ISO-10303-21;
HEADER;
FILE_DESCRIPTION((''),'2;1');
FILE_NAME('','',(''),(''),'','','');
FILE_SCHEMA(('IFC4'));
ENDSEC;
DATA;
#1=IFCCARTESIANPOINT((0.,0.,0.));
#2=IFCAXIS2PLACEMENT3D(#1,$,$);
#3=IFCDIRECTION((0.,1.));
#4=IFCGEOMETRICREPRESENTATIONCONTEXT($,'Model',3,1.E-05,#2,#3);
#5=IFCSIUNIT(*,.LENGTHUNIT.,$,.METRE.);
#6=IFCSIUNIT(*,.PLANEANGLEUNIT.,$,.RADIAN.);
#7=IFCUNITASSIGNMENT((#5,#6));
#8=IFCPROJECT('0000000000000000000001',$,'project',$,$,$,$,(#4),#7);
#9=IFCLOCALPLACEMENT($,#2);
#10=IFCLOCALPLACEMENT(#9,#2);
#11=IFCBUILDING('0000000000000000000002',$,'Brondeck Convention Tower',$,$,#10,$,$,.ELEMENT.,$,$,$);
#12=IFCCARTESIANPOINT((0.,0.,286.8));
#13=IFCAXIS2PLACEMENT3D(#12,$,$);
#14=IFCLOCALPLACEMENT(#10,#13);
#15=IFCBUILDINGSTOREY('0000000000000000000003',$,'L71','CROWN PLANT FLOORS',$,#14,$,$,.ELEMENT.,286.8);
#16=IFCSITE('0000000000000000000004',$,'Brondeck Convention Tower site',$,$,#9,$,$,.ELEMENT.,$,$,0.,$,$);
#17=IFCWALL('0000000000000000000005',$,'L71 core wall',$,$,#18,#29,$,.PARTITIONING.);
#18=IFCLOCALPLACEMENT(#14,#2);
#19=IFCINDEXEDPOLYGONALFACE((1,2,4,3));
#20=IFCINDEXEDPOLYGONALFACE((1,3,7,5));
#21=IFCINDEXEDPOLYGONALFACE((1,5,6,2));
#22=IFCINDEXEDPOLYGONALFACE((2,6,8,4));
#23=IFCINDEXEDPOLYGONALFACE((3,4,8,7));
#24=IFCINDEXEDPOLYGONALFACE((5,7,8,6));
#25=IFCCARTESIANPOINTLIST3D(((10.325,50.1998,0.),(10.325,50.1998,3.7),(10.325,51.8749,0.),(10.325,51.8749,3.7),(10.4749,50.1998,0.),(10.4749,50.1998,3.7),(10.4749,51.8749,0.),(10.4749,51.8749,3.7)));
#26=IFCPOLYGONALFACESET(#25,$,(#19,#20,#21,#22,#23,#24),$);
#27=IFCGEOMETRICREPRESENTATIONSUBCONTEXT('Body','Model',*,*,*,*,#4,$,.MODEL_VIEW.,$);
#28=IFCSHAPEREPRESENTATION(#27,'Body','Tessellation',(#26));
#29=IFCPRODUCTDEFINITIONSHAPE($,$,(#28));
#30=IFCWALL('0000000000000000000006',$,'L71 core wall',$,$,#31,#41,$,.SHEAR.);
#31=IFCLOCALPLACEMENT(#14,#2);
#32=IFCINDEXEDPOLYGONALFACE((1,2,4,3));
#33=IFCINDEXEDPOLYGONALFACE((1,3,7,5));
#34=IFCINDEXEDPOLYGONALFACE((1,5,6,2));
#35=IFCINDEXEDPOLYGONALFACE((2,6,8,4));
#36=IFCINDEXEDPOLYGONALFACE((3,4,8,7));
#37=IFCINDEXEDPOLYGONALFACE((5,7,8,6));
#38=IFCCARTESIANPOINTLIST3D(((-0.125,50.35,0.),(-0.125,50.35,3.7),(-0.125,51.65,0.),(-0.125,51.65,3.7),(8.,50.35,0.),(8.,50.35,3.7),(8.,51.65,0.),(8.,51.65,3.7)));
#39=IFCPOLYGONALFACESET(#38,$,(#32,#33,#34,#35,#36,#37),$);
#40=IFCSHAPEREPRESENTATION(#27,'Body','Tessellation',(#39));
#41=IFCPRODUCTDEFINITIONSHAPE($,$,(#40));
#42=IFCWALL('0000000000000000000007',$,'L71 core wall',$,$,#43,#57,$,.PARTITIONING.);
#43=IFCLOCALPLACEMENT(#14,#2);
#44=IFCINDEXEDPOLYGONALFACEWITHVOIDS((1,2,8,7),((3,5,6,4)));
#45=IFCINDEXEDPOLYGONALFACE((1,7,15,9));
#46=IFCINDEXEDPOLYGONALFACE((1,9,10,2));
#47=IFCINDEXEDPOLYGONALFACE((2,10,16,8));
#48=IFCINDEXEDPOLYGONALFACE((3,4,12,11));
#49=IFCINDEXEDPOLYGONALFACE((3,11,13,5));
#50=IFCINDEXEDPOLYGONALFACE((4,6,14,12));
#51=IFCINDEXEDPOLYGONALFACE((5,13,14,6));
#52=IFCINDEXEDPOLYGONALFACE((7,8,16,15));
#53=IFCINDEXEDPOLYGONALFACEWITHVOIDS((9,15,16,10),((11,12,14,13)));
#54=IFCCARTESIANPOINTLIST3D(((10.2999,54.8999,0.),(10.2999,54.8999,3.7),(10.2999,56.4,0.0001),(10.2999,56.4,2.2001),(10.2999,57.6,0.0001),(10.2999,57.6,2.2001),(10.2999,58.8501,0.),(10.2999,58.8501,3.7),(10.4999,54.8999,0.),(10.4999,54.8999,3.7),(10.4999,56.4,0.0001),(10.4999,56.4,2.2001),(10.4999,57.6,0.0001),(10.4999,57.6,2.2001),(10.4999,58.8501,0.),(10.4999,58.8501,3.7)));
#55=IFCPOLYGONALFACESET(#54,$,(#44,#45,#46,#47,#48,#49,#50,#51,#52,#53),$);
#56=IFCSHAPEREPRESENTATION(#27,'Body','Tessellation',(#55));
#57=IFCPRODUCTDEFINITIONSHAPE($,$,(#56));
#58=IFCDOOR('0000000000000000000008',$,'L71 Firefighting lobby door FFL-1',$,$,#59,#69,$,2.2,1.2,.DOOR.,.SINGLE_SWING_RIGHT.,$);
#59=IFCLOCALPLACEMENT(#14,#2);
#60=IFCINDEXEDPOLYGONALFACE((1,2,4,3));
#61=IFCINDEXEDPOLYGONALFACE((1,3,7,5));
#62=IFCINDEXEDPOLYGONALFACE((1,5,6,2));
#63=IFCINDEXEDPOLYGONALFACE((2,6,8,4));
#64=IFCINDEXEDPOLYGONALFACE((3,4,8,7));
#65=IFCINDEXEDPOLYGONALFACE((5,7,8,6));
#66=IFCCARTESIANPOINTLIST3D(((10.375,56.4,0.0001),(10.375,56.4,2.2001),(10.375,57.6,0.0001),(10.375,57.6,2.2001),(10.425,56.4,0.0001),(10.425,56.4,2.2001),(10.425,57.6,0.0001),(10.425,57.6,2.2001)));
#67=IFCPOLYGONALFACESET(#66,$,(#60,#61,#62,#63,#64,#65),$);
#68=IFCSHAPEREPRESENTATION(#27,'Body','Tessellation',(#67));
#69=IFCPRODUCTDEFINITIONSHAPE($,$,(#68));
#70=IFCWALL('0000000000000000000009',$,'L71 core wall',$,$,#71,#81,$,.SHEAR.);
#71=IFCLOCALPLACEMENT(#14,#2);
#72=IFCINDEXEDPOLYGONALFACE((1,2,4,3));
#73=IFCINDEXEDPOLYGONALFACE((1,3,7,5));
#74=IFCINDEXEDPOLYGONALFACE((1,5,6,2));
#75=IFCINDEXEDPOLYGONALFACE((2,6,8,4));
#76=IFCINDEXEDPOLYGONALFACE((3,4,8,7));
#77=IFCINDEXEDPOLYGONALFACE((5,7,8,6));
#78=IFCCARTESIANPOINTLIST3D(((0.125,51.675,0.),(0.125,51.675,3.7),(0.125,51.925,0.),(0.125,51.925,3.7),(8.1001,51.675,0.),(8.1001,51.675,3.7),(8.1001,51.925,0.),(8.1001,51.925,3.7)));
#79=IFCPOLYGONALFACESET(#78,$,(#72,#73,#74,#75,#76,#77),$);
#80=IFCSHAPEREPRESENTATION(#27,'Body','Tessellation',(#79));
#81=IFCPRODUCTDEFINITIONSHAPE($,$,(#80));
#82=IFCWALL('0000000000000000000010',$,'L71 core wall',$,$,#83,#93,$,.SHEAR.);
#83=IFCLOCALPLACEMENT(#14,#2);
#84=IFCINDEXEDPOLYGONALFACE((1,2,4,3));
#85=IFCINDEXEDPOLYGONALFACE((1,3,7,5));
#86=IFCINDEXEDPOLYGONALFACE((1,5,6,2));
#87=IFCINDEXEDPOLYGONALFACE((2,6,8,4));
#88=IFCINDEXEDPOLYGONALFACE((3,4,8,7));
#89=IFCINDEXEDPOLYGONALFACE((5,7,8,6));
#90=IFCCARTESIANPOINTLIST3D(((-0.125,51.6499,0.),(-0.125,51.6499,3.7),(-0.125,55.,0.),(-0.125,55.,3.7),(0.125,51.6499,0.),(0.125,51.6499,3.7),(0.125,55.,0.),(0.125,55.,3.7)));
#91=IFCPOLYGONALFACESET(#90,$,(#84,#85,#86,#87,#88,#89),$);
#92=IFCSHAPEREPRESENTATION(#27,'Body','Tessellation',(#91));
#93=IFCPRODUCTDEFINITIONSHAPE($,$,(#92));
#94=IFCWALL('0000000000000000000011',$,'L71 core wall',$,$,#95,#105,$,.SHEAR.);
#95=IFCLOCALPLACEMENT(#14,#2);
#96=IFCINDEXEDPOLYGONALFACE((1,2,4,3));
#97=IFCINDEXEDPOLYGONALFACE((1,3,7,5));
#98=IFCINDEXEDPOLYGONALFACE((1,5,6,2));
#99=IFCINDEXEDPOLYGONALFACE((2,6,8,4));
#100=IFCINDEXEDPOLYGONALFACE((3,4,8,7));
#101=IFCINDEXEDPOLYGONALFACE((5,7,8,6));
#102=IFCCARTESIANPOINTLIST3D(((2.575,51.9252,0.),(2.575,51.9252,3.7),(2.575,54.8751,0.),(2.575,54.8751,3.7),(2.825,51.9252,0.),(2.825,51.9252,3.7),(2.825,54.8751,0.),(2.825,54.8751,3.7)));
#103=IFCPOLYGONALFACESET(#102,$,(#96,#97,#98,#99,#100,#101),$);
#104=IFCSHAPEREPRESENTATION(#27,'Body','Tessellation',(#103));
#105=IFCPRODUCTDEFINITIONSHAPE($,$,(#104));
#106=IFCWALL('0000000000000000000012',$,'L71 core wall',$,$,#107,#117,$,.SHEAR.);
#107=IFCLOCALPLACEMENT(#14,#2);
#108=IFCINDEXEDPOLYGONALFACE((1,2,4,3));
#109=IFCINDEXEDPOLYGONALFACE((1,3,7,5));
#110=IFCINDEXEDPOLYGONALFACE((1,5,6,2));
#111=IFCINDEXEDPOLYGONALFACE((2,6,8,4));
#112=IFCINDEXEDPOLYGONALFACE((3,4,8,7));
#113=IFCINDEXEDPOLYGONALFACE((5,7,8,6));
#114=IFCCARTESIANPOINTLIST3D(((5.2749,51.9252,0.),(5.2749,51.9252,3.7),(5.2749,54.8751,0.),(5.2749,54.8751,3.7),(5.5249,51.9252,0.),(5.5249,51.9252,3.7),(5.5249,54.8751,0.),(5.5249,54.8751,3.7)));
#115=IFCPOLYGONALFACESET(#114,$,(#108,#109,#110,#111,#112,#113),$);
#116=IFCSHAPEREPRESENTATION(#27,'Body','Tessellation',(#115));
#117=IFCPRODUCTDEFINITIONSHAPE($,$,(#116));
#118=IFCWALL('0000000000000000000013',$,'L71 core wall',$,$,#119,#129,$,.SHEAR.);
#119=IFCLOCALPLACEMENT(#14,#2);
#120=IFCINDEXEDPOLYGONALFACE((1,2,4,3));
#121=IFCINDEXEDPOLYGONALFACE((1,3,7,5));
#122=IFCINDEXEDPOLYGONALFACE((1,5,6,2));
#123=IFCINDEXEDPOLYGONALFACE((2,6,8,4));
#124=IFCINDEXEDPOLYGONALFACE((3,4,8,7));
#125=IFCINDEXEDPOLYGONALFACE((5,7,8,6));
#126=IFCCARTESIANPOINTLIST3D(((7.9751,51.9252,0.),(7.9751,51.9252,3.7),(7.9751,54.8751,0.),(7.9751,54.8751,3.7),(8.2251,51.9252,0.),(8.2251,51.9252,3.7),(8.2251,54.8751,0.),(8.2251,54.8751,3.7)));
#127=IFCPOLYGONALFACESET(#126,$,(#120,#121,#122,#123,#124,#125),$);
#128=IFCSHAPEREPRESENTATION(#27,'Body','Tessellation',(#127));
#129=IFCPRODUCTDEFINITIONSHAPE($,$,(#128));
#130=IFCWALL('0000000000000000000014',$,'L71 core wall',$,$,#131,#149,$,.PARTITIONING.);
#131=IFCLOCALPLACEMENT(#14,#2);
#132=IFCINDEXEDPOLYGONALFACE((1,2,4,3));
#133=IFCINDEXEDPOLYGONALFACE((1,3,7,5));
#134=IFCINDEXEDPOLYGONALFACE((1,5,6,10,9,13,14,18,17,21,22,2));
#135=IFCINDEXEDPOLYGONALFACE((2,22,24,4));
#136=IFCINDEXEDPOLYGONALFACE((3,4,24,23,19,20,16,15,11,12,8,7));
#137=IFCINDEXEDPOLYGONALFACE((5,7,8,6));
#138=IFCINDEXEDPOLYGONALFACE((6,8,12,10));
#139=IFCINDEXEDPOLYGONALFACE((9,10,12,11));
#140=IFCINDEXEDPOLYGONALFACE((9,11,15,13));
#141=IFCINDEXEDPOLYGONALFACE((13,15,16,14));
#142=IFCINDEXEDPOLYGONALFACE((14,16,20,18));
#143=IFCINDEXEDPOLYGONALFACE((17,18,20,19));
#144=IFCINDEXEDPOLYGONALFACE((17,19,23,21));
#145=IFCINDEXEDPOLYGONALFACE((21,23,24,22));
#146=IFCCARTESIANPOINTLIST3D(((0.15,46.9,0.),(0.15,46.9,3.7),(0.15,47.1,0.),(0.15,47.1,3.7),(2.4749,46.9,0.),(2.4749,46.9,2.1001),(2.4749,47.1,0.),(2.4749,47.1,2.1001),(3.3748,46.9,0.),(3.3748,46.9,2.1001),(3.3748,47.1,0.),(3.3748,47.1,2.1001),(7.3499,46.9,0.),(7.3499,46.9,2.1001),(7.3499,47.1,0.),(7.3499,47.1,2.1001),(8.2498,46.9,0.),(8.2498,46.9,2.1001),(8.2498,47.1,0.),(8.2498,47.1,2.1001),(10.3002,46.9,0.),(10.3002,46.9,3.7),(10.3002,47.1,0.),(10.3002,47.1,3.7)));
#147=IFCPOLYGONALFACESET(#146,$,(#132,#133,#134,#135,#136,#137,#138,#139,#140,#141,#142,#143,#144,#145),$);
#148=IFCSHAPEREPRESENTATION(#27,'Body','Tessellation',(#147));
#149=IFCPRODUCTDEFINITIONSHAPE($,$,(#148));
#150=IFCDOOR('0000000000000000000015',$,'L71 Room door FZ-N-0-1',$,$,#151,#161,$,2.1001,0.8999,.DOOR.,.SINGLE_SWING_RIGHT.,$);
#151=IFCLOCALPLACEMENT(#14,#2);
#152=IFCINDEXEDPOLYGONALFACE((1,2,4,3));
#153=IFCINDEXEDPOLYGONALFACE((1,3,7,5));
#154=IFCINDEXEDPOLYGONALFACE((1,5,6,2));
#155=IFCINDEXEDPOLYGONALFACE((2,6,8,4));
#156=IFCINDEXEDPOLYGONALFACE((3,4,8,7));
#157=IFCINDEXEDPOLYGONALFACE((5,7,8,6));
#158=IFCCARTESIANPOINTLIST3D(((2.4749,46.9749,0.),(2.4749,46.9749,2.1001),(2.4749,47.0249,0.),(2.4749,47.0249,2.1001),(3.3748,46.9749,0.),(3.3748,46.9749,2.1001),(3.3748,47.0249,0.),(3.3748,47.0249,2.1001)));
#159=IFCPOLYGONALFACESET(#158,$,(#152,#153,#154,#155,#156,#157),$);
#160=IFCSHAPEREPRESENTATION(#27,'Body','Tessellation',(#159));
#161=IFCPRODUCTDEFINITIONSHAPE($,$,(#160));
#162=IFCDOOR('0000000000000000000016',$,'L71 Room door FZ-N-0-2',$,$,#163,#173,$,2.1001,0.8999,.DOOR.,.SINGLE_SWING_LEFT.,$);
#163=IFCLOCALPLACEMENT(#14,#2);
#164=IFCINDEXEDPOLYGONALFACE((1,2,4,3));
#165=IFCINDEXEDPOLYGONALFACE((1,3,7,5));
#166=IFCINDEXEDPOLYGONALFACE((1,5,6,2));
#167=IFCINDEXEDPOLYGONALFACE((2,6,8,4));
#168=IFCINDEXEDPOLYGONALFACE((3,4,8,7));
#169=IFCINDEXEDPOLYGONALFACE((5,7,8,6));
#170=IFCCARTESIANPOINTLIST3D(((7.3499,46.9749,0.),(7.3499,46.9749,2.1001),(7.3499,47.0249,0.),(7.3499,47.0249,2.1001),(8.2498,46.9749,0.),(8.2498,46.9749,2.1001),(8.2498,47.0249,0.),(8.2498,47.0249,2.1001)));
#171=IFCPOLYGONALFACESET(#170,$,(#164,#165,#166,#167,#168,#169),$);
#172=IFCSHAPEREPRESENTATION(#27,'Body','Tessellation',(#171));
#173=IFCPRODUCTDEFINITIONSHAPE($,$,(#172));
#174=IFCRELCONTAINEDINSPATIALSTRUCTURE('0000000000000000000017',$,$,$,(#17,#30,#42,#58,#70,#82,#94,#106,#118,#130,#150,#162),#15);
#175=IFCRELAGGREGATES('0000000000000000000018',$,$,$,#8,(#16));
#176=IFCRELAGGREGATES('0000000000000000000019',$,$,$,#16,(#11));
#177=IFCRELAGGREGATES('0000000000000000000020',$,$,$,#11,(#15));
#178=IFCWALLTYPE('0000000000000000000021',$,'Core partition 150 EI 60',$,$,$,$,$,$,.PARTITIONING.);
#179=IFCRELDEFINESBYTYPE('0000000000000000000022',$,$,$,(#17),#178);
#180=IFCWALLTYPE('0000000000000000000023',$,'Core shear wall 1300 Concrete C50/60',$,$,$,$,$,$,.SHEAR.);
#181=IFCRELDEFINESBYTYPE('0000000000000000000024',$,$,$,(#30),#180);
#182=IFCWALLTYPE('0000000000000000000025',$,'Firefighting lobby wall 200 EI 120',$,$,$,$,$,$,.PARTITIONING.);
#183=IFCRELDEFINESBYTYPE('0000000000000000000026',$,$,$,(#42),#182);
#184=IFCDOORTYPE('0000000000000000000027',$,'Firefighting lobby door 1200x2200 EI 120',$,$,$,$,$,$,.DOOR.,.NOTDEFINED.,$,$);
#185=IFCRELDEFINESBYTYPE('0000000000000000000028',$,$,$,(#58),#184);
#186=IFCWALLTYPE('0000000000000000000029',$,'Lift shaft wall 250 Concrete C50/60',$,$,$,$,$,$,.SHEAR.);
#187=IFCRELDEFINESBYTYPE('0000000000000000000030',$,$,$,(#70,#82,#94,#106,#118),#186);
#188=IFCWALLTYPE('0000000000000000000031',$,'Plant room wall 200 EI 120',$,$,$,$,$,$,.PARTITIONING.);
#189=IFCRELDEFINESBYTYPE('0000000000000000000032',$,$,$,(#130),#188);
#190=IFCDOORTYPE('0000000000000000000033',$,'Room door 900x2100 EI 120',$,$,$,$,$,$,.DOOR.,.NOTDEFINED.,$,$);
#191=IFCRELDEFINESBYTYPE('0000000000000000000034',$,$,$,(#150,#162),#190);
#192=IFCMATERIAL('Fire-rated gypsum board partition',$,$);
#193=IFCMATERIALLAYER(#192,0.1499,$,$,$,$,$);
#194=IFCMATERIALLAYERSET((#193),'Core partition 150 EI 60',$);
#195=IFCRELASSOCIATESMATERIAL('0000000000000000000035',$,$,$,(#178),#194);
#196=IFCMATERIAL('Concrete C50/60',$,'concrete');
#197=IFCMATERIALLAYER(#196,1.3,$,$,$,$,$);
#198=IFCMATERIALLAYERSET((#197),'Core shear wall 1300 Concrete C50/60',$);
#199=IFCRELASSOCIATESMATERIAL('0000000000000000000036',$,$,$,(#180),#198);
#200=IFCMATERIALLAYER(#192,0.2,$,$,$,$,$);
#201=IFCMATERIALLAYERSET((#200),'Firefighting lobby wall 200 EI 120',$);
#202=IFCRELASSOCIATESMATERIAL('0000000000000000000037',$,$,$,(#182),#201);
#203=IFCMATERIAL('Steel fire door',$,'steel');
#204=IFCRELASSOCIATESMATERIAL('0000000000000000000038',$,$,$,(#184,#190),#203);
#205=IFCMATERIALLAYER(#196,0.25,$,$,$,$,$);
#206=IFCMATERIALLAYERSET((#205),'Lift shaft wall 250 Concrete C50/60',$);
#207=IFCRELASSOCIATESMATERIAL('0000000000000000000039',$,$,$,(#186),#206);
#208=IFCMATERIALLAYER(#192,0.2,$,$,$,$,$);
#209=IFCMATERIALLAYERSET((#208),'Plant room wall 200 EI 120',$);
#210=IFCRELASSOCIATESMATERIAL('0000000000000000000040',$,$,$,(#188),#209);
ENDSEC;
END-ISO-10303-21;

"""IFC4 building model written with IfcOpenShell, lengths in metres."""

from ifc_helpers import new_model, si_unit, direction, frame, frame_2d, origin, place, context, subcontext, project, spatial, rectangle, extrude, material, layer, layer_set, type_object, element, fill, save


model = new_model("IFC4")

# Units and contexts
model_context = context("Model", 3, precision=1e-05, world=origin(), true_north=direction((0.0, 1.0)))
body_context = subcontext(model_context, "Body", "Model", "MODEL_VIEW")
ifc_project = project(units=[si_unit("LENGTHUNIT", "METRE"), si_unit("PLANEANGLEUNIT", "RADIAN")], contexts=[model_context])

# Site, building, storey
site_placement = place(None, origin())
site = spatial("IfcSite", under=ifc_project, at=site_placement, Name="Brondeck Convention Tower site", CompositionType="ELEMENT", RefElevation=0.0)
building_placement = place(site_placement, origin())
building = spatial("IfcBuilding", under=site, at=building_placement, Name="Brondeck Convention Tower", CompositionType="ELEMENT")
storey_placement = place(building_placement, frame((0.0, 0.0, 286.8)))
storey = spatial("IfcBuildingStorey", under=building, at=storey_placement, Name="L71", Description="CROWN PLANT FLOORS", CompositionType="ELEMENT", Elevation=286.8)

# Shared definitions
ifc_material_1 = material(Name="Concrete C50/60", Category="concrete")

# Walls
ifc_material_2 = material(Name="Fire-rated gypsum board partition")
ifc_layer_1 = layer(ifc_material_2, 0.1499)
ifc_layer_set_1 = layer_set([ifc_layer_1], Name="Core partition 150 EI 60")
wall_type_1 = type_object("IfcWallType", Name="Core partition 150 EI 60", PredefinedType="PARTITIONING", material=ifc_layer_set_1)
wall_1_placement = place(storey_placement, frame((10.3999, 50.2, 0.0), z_axis=(0.0, 0.0, 1.0), x_axis=(0.0, 1.0, 0.0)))
element("IfcWall", 1, at=wall_1_placement, inside=storey, type_object=wall_type_1, Name="L71 core wall", PredefinedType="PARTITIONING", context=body_context, shape_type="SweptSolid", body=[
    extrude(rectangle(XDim=1.675, YDim=0.1499, at=frame_2d((0.8374, 0.0))), origin(), (0.0, 0.0, 1.0), 3.7),
])
ifc_layer_2 = layer(ifc_material_1, 1.3)
ifc_layer_set_2 = layer_set([ifc_layer_2], Name="Core shear wall 1300 Concrete C50/60")
wall_type_2 = type_object("IfcWallType", Name="Core shear wall 1300 Concrete C50/60", PredefinedType="SHEAR", material=ifc_layer_set_2)
wall_2_placement = place(storey_placement, frame((-0.125, 51.0, 0.0), z_axis=(0.0, 0.0, 1.0), x_axis=(1.0, 0.0, 0.0)))
element("IfcWall", 2, at=wall_2_placement, inside=storey, type_object=wall_type_2, Name="L71 core wall", PredefinedType="SHEAR", context=body_context, shape_type="SweptSolid", body=[
    extrude(rectangle(XDim=8.125, YDim=1.3, at=frame_2d((4.0625, 0.0))), origin(), (0.0, 0.0, 1.0), 3.7),
])

# Wall, opening, door
ifc_layer_3 = layer(ifc_material_2, 0.2)
ifc_layer_set_3 = layer_set([ifc_layer_3], Name="Firefighting lobby wall 200 EI 120")
wall_type_3 = type_object("IfcWallType", Name="Firefighting lobby wall 200 EI 120", PredefinedType="PARTITIONING", material=ifc_layer_set_3)
wall_3_placement = place(storey_placement, frame((10.3999, 54.8999, 0.0), z_axis=(0.0, 0.0, 1.0), x_axis=(0.0, 1.0, 0.0)))
wall_3 = element("IfcWall", 3, at=wall_3_placement, inside=storey, type_object=wall_type_3, Name="L71 core wall", PredefinedType="PARTITIONING", context=body_context, shape_type="SweptSolid", body=[
    extrude(rectangle(XDim=3.9502, YDim=0.2, at=frame_2d((1.9751, 0.0))), origin(), (0.0, 0.0, 1.0), 3.7),
])
opening_1_placement = place(wall_3_placement, frame((1.5, 0.0, 0.0)))
opening_1 = element("IfcOpeningElement", 4, at=opening_1_placement, cuts=wall_3, PredefinedType="OPENING", context=body_context, shape_type="SweptSolid", body=[
    extrude(rectangle(XDim=1.2, YDim=2.2, at=frame_2d((0.6001, 1.1001))), frame((0.0, 0.1099, 0.0), z_axis=(0.0, -1.0, 0.0), x_axis=(1.0, 0.0, 0.0)), (0.0, 0.0, 1.0), 0.22),
])
ifc_material_3 = material(Name="Steel fire door", Category="steel")
door_type_1 = type_object("IfcDoorType", Name="Firefighting lobby door 1200x2200 EI 120", OperationType="NOTDEFINED", PredefinedType="DOOR", material=ifc_material_3)
door_1_placement = place(opening_1_placement, origin())
door_1 = element("IfcDoor", 5, at=door_1_placement, inside=storey, type_object=door_type_1, Name="L71 Firefighting lobby door FFL-1", OperationType="SINGLE_SWING_RIGHT", OverallHeight=2.2, OverallWidth=1.2, PredefinedType="DOOR", context=body_context, shape_type="SweptSolid", body=[
    extrude(rectangle(XDim=1.2, YDim=2.2, at=frame_2d((0.6001, 1.1001))), frame((0.0, 0.0249, 0.0), z_axis=(0.0, -1.0, 0.0), x_axis=(1.0, 0.0, 0.0)), (0.0, 0.0, 1.0), 0.05),
])
fill(opening_1, door_1)

# Walls
ifc_layer_4 = layer(ifc_material_1, 0.25)
ifc_layer_set_4 = layer_set([ifc_layer_4], Name="Lift shaft wall 250 Concrete C50/60")
wall_type_4 = type_object("IfcWallType", Name="Lift shaft wall 250 Concrete C50/60", PredefinedType="SHEAR", material=ifc_layer_set_4)
wall_4_placement = place(storey_placement, frame((0.125, 51.8, 0.0), z_axis=(0.0, 0.0, 1.0), x_axis=(1.0, 0.0, 0.0)))
element("IfcWall", 6, at=wall_4_placement, inside=storey, type_object=wall_type_4, Name="L71 core wall", PredefinedType="SHEAR", context=body_context, shape_type="SweptSolid", body=[
    extrude(rectangle(XDim=7.9751, YDim=0.25, at=frame_2d((3.9875, 0.0))), origin(), (0.0, 0.0, 1.0), 3.7),
])
wall_5_placement = place(storey_placement, frame((0.0, 51.6499, 0.0), z_axis=(0.0, 0.0, 1.0), x_axis=(0.0, 1.0, 0.0)))
element("IfcWall", 7, at=wall_5_placement, inside=storey, type_object=wall_type_4, Name="L71 core wall", PredefinedType="SHEAR", context=body_context, shape_type="SweptSolid", body=[
    extrude(rectangle(XDim=3.3501, YDim=0.25, at=frame_2d((1.675, 0.0))), origin(), (0.0, 0.0, 1.0), 3.7),
])
for number, where, z_axis, x_axis, name in (
    (8, (2.7, 51.925, 0.0), (0.0, 0.0, 1.0), (0.0, 1.0, 0.0), "L71 core wall"),
    (9, (5.3999, 51.925, 0.0), (0.0, 0.0, 1.0), (0.0, 1.0, 0.0), "L71 core wall"),
    (10, (8.1001, 51.925, 0.0), (0.0, 0.0, 1.0), (0.0, 1.0, 0.0), "L71 core wall"),
):
    element("IfcWall", number, at=place(storey_placement, frame(where, z_axis=z_axis, x_axis=x_axis)), inside=storey, type_object=wall_type_4, Name=name, PredefinedType="SHEAR", context=body_context, shape_type="SweptSolid", body=[
        extrude(rectangle(XDim=2.95, YDim=0.25, at=frame_2d((1.4751, 0.0))), origin(), (0.0, 0.0, 1.0), 3.7),
    ])

# Wall, openings, doors
ifc_layer_5 = layer(ifc_material_2, 0.2)
ifc_layer_set_5 = layer_set([ifc_layer_5], Name="Plant room wall 200 EI 120")
wall_type_5 = type_object("IfcWallType", Name="Plant room wall 200 EI 120", PredefinedType="PARTITIONING", material=ifc_layer_set_5)
wall_6_placement = place(storey_placement, frame((0.1499, 47.0, 0.0), z_axis=(0.0, 0.0, 1.0), x_axis=(1.0, 0.0, 0.0)))
wall_6 = element("IfcWall", 11, at=wall_6_placement, inside=storey, type_object=wall_type_5, Name="L71 core wall", PredefinedType="PARTITIONING", context=body_context, shape_type="SweptSolid", body=[
    extrude(rectangle(XDim=10.1501, YDim=0.2, at=frame_2d((5.0752, 0.0))), origin(), (0.0, 0.0, 1.0), 3.7),
])
opening_2_placement = place(wall_6_placement, frame((2.325, 0.0, 0.0)))
opening_2 = element("IfcOpeningElement", 12, at=opening_2_placement, cuts=wall_6, PredefinedType="OPENING", context=body_context, shape_type="SweptSolid", body=[
    extrude(rectangle(XDim=0.8999, YDim=2.1001, at=frame_2d((0.45, 1.05))), frame((0.0, 0.1099, 0.0), z_axis=(0.0, -1.0, 0.0), x_axis=(1.0, 0.0, 0.0)), (0.0, 0.0, 1.0), 0.22),
])
opening_3_placement = place(wall_6_placement, frame((7.2, 0.0, 0.0)))
opening_3 = element("IfcOpeningElement", 13, at=opening_3_placement, cuts=wall_6, PredefinedType="OPENING", context=body_context, shape_type="SweptSolid", body=[
    extrude(rectangle(XDim=0.8999, YDim=2.1001, at=frame_2d((0.45, 1.05))), frame((0.0, 0.1099, 0.0), z_axis=(0.0, -1.0, 0.0), x_axis=(1.0, 0.0, 0.0)), (0.0, 0.0, 1.0), 0.22),
])
door_type_2 = type_object("IfcDoorType", Name="Room door 900x2100 EI 120", OperationType="NOTDEFINED", PredefinedType="DOOR", material=ifc_material_3)
door_2_placement = place(opening_2_placement, origin())
door_2 = element("IfcDoor", 14, at=door_2_placement, inside=storey, type_object=door_type_2, Name="L71 Room door FZ-N-0-1", OperationType="SINGLE_SWING_RIGHT", OverallHeight=2.1001, OverallWidth=0.8999, PredefinedType="DOOR", context=body_context, shape_type="SweptSolid", body=[
    extrude(rectangle(XDim=0.8999, YDim=2.1001, at=frame_2d((0.45, 1.05))), frame((0.0, 0.0249, 0.0), z_axis=(0.0, -1.0, 0.0), x_axis=(1.0, 0.0, 0.0)), (0.0, 0.0, 1.0), 0.05),
])
fill(opening_2, door_2)
door_3_placement = place(opening_3_placement, origin())
door_3 = element("IfcDoor", 15, at=door_3_placement, inside=storey, type_object=door_type_2, Name="L71 Room door FZ-N-0-2", OperationType="SINGLE_SWING_LEFT", OverallHeight=2.1001, OverallWidth=0.8999, PredefinedType="DOOR", context=body_context, shape_type="SweptSolid", body=[
    extrude(rectangle(XDim=0.8999, YDim=2.1001, at=frame_2d((0.45, 1.05))), frame((0.0, 0.0249, 0.0), z_axis=(0.0, -1.0, 0.0), x_axis=(1.0, 0.0, 0.0)), (0.0, 0.0, 1.0), 0.05),
])
fill(opening_3, door_3)

save(model, "model.ifc")
